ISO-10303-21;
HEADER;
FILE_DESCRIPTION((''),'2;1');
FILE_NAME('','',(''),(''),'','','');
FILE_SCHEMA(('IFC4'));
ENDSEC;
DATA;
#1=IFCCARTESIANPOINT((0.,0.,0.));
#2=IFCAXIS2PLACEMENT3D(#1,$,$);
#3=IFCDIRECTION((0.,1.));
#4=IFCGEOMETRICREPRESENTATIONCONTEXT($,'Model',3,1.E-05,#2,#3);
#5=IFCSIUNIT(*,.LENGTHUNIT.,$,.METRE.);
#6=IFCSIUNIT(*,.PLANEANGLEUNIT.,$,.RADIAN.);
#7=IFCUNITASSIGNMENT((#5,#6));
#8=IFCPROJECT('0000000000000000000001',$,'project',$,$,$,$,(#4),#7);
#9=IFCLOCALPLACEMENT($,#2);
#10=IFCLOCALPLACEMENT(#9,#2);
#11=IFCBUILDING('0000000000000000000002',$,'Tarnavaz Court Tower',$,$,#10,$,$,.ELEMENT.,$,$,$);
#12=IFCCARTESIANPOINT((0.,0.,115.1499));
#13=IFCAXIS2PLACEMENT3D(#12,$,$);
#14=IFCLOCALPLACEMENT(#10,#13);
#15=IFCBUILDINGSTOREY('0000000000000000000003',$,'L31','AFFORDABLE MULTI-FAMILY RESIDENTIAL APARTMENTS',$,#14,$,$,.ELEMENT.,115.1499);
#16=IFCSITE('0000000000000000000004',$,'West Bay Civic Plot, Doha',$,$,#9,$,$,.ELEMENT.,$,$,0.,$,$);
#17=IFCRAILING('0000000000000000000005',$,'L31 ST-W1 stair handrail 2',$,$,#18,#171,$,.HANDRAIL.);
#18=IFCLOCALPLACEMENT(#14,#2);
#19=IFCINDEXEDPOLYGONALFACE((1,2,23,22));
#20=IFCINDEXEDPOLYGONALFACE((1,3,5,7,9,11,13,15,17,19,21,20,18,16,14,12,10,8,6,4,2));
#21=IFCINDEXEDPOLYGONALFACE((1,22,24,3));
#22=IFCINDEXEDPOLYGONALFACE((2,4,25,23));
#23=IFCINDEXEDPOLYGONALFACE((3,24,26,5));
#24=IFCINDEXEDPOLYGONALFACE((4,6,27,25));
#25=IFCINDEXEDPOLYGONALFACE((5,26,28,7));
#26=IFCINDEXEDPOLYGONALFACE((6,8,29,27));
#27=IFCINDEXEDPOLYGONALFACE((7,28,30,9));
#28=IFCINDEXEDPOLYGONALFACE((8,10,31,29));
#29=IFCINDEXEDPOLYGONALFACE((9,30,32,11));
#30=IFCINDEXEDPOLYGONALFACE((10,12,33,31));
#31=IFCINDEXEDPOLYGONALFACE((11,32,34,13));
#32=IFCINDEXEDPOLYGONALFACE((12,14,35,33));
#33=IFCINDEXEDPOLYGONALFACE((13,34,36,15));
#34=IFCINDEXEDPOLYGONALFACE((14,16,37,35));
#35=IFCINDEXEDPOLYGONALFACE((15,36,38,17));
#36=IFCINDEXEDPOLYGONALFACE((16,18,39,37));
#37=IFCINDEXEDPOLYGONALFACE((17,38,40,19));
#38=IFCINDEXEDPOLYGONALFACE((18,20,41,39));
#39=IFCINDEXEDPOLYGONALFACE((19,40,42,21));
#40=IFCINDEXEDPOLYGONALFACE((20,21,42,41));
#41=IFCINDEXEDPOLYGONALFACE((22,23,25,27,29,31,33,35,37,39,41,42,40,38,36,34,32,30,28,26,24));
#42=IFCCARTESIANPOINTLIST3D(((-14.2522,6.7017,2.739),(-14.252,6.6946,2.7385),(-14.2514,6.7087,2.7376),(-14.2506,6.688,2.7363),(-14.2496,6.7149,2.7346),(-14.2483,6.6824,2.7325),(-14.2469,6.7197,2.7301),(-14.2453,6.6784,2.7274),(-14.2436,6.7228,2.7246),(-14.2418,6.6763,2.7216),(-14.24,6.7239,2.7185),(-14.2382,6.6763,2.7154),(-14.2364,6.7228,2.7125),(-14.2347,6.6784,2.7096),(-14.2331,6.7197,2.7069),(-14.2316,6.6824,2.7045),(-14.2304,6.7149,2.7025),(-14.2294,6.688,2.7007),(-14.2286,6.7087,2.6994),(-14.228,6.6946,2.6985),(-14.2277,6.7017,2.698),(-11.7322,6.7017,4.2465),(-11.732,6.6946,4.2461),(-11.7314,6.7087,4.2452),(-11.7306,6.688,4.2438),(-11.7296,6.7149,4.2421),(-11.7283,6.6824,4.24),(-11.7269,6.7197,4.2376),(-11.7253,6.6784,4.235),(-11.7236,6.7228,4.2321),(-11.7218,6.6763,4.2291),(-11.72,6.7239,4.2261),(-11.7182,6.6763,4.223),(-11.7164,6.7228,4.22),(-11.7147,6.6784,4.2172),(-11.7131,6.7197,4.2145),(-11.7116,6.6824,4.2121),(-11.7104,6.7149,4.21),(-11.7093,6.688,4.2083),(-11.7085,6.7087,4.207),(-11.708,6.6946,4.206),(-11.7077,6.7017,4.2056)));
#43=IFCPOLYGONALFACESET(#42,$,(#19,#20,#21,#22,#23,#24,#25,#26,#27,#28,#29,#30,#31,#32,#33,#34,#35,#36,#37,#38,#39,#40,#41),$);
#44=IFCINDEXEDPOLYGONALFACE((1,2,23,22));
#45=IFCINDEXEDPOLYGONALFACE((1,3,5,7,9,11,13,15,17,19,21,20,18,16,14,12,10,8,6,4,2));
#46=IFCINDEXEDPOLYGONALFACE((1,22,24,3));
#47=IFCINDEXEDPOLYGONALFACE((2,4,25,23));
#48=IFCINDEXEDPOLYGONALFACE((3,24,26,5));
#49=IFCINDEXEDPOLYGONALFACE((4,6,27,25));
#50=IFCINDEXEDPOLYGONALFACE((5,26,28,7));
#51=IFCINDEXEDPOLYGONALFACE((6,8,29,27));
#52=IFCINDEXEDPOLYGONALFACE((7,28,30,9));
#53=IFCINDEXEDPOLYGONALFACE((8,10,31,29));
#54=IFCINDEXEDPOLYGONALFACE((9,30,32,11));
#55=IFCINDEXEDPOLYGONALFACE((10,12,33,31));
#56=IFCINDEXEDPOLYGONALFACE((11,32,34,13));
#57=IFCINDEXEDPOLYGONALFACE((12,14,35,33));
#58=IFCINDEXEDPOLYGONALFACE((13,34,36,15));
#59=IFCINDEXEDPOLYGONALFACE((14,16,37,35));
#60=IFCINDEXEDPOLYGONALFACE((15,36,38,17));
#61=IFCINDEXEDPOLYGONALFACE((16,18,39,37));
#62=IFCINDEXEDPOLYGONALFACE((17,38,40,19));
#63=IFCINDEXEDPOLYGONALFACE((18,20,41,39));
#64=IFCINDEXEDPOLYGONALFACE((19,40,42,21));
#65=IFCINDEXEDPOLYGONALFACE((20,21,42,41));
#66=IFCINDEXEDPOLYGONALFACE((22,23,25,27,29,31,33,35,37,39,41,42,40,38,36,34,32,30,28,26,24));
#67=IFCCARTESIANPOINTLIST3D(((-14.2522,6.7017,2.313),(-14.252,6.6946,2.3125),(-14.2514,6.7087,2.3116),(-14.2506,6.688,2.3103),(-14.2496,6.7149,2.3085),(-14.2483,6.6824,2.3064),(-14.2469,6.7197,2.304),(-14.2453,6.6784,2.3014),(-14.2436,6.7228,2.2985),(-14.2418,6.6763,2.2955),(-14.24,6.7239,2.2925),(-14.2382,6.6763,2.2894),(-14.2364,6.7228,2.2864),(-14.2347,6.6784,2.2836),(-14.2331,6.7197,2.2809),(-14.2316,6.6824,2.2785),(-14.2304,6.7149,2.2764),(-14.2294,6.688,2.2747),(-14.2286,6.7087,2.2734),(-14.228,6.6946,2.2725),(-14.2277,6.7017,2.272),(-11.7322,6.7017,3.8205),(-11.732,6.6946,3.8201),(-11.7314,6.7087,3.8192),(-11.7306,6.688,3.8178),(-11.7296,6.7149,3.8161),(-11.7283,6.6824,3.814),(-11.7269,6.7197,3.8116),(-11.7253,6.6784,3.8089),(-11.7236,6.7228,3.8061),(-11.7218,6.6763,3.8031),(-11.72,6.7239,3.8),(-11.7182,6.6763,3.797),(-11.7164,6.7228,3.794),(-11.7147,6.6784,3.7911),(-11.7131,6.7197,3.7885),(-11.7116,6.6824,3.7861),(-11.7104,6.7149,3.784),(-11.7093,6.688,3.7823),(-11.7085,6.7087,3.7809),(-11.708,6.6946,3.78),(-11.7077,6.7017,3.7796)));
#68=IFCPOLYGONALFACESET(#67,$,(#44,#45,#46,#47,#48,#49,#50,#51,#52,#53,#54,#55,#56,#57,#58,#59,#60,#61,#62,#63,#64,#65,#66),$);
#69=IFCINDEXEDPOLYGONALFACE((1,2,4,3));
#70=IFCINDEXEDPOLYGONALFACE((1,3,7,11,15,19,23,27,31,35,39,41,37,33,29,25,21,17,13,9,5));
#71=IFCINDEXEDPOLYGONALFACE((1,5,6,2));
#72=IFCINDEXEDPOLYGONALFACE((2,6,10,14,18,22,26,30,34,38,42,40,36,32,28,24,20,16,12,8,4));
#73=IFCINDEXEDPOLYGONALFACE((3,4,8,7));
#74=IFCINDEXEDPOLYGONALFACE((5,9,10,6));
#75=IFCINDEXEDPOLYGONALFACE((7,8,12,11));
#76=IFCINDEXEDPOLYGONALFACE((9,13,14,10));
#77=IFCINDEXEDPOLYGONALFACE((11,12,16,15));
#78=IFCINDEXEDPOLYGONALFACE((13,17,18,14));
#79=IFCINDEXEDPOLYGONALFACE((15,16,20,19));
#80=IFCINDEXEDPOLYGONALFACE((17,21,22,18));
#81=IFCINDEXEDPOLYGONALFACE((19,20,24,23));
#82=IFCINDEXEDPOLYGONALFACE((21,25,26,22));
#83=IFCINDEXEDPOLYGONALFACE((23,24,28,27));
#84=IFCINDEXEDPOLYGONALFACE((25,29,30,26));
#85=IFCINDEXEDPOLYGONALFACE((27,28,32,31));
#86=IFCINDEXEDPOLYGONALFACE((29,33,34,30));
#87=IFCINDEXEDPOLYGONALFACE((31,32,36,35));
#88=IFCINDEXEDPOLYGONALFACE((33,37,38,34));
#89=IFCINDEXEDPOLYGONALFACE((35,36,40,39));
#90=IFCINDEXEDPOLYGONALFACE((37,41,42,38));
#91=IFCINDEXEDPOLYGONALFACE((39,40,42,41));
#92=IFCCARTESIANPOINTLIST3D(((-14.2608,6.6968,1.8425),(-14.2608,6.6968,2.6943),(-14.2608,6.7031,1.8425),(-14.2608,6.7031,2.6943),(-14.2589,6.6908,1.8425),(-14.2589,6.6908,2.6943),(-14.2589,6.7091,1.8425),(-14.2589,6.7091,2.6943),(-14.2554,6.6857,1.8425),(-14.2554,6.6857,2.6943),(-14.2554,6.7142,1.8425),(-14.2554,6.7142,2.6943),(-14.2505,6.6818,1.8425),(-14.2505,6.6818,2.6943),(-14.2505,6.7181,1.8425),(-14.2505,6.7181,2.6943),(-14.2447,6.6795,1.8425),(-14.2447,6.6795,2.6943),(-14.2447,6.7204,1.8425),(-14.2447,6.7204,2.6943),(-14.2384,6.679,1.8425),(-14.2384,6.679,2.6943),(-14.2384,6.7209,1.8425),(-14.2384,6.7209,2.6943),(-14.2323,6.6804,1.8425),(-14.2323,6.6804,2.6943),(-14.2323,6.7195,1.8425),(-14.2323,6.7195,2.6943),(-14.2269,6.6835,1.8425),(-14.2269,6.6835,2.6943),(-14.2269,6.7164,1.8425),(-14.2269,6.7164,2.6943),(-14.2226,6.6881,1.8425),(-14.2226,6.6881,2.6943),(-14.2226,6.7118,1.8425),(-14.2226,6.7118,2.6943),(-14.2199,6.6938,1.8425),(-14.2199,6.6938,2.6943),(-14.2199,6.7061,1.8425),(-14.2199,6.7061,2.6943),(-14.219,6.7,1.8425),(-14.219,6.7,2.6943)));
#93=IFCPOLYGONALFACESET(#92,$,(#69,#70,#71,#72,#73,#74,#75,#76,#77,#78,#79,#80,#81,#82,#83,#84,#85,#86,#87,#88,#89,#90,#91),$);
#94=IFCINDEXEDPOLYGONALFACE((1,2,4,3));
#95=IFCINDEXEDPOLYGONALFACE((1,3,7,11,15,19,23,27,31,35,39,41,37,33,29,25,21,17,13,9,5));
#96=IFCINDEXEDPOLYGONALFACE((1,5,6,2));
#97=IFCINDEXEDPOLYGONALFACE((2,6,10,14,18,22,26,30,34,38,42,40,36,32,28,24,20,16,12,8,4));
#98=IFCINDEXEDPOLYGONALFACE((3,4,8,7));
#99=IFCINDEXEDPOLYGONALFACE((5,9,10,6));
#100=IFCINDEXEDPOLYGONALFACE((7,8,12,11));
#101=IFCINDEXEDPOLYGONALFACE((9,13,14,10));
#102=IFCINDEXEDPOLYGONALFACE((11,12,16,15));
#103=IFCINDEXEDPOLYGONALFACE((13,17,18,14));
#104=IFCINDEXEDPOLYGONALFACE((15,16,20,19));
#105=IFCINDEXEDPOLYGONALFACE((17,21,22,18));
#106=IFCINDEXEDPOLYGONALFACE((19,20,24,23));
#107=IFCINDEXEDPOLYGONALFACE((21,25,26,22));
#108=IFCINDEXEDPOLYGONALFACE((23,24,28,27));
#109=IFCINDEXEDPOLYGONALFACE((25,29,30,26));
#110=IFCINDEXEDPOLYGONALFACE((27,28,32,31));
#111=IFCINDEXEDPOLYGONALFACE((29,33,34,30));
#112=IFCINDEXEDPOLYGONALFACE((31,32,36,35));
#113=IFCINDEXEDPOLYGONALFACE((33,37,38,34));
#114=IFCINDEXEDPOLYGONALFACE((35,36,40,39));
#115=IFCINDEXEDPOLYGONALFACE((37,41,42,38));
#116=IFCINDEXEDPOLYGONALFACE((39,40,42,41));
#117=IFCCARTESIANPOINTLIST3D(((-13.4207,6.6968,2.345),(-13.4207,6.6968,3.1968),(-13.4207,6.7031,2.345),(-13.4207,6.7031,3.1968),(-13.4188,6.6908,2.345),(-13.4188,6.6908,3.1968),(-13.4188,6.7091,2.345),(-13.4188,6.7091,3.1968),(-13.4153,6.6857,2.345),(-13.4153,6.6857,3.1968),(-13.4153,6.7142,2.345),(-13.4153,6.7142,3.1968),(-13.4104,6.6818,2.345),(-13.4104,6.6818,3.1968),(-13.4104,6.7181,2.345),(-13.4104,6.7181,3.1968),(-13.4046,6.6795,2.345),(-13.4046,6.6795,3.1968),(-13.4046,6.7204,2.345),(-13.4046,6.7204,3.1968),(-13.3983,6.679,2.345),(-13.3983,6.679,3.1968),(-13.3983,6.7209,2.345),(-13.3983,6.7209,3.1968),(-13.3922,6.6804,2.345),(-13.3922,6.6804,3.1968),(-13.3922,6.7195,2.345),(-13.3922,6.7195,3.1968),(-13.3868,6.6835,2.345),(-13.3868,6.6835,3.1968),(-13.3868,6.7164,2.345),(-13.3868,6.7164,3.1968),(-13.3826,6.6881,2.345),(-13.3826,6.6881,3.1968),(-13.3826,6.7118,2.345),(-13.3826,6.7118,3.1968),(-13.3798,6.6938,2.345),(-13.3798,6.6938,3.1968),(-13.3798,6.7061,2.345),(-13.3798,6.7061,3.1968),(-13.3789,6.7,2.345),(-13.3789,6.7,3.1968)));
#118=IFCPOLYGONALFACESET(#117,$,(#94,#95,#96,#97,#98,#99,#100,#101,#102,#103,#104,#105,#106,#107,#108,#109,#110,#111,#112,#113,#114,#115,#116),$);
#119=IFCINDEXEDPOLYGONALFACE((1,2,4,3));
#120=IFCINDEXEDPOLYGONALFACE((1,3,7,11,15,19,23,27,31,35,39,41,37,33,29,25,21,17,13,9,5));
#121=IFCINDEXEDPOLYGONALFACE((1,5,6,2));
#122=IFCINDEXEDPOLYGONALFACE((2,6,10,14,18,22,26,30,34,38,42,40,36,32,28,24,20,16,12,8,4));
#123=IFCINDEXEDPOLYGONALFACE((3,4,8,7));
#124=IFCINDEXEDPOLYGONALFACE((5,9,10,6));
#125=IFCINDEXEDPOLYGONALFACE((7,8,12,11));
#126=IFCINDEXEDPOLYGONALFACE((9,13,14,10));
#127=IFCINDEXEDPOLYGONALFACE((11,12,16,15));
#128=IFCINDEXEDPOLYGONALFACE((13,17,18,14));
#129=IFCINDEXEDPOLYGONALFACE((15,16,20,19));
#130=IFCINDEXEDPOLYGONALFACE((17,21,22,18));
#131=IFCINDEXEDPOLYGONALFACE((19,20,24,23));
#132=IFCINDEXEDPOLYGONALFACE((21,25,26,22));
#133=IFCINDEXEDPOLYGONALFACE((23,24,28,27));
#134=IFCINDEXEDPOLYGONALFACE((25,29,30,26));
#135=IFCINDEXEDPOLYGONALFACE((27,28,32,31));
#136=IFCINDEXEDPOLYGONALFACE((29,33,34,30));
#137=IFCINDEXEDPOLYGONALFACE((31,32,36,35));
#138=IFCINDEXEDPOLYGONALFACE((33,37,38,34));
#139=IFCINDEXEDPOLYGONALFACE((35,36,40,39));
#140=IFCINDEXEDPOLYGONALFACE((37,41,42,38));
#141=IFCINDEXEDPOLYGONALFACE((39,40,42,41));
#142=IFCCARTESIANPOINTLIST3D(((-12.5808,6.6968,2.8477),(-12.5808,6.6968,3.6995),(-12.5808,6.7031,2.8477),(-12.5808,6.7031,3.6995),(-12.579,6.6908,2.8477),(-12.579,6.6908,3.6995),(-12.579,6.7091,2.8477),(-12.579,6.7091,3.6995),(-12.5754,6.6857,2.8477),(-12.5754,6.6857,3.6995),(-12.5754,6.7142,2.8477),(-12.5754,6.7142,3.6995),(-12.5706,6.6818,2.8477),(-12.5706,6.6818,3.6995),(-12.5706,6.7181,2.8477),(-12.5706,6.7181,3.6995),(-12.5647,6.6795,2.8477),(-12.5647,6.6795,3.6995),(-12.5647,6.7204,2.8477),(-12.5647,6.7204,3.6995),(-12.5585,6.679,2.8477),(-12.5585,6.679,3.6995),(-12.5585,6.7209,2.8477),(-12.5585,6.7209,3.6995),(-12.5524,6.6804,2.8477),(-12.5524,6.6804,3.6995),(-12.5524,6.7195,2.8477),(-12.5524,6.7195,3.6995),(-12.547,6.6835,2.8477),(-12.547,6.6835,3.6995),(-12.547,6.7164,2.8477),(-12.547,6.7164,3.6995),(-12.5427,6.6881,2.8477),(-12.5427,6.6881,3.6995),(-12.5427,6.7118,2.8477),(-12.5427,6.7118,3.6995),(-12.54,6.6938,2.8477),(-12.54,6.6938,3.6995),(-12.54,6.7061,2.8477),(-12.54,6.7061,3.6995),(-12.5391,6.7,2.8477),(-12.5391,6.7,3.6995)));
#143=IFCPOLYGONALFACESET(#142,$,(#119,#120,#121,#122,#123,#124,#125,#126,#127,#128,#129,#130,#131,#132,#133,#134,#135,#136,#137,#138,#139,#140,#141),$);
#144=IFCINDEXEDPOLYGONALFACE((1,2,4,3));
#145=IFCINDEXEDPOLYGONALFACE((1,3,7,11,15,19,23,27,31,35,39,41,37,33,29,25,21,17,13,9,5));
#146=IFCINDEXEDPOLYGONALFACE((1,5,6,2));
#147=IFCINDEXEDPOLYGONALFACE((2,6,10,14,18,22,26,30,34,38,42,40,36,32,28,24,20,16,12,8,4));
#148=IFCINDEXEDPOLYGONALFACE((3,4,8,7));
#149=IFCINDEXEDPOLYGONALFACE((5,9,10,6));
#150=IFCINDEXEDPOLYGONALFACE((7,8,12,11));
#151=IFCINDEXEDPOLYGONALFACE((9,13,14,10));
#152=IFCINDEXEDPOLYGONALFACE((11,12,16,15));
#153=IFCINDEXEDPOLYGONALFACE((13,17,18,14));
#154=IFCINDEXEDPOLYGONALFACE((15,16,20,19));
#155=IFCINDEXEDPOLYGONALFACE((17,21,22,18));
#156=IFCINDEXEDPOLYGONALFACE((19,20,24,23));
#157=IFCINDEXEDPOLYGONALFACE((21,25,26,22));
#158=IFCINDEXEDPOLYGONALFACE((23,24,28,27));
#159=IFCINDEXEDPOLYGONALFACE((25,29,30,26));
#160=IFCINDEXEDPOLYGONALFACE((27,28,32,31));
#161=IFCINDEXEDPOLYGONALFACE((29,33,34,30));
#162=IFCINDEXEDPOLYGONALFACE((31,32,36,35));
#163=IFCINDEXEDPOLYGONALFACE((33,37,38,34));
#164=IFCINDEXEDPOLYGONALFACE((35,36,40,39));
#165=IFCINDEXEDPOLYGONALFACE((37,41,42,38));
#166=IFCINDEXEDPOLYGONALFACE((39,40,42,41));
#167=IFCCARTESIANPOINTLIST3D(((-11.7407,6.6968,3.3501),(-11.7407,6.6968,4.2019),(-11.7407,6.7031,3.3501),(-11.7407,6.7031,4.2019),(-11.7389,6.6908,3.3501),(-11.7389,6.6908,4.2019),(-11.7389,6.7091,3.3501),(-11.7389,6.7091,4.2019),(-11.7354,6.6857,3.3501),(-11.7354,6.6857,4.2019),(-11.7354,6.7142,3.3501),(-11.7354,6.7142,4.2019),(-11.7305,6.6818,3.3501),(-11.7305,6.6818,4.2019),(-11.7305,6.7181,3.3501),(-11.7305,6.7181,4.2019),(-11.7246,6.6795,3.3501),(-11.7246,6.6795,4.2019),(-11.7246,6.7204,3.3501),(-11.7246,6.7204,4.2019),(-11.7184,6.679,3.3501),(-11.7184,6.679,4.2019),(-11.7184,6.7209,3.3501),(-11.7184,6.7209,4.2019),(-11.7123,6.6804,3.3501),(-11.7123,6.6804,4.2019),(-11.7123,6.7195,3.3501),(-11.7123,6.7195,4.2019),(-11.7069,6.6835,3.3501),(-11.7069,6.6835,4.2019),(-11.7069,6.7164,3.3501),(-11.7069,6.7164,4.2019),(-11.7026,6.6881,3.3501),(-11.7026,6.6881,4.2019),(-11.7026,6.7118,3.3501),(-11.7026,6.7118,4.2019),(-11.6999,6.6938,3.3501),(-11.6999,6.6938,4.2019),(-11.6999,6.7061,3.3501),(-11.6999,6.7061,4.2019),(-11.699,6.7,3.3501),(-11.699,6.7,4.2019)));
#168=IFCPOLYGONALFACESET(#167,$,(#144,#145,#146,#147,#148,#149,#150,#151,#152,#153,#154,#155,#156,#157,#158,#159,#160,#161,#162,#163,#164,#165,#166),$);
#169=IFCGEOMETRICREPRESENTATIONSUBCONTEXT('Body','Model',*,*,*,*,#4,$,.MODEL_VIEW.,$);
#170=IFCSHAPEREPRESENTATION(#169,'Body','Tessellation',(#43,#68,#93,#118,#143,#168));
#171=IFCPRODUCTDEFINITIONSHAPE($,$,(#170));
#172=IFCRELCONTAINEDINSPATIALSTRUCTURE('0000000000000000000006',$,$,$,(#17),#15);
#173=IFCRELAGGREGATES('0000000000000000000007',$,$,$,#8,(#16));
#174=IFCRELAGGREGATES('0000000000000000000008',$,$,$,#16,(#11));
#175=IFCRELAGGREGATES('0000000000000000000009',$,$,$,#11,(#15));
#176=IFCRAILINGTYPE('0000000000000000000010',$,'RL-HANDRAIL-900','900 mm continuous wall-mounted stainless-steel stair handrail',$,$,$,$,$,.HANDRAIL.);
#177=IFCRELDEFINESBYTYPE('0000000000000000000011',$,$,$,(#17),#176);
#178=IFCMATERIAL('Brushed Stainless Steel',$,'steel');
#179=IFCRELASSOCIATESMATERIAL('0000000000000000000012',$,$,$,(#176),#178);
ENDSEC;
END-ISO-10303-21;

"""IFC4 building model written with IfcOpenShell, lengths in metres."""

from ifc_helpers import new_model, si_unit, direction, frame, origin, origin_2d, place, context, subcontext, project, spatial, circle, extrude, material, type_object, element, save


model = new_model("IFC4")

# Units and contexts
model_context = context("Model", 3, precision=1e-05, world=origin(), true_north=direction((0.0, 1.0)))
body_context = subcontext(model_context, "Body", "Model", "MODEL_VIEW")
ifc_project = project(units=[si_unit("LENGTHUNIT", "METRE"), si_unit("PLANEANGLEUNIT", "RADIAN")], contexts=[model_context])

# Site, building, storey
site_placement = place(None, origin())
site = spatial("IfcSite", under=ifc_project, at=site_placement, Name="West Bay Civic Plot, Doha", CompositionType="ELEMENT", RefElevation=0.0)
building_placement = place(site_placement, origin())
building = spatial("IfcBuilding", under=site, at=building_placement, Name="Tarnavaz Court Tower", CompositionType="ELEMENT")
storey_placement = place(building_placement, frame((0.0, 0.0, 115.1499)))
storey = spatial("IfcBuildingStorey", under=building, at=storey_placement, Name="L31", Description="AFFORDABLE MULTI-FAMILY RESIDENTIAL APARTMENTS", CompositionType="ELEMENT", Elevation=115.1499)

# Railing
ifc_material_1 = material(Name="Brushed Stainless Steel", Category="steel")
railing_type_1 = type_object("IfcRailingType", Name="RL-HANDRAIL-900", Description="900 mm continuous wall-mounted stainless-steel stair handrail", PredefinedType="HANDRAIL", material=ifc_material_1)
railing_1_placement = place(storey_placement, frame((-14.24, 6.7, 1.8425)))
element("IfcRailing", 1, at=railing_1_placement, inside=storey, type_object=railing_type_1, Name="L31 ST-W1 stair handrail 2", PredefinedType="HANDRAIL", context=body_context, shape_type="SweptSolid", body=[
    extrude(circle(Radius=0.0239, at=origin_2d()), frame((0.0, 0.0, 0.876), z_axis=(0.85816, 0.0, 0.513383), x_axis=(0.0, 1.0, 0.0)), (0.0, 0.0, 1.0), 2.9365),
    extrude(circle(Radius=0.0239, at=origin_2d()), frame((0.0, 0.0, 0.45), z_axis=(0.85816, 0.0, 0.513383), x_axis=(0.0, 1.0, 0.0)), (0.0, 0.0, 1.0), 2.9365),
    extrude(circle(Radius=0.021, at=origin_2d()), origin(), (0.0, 0.0, 1.0), 0.8518),
    extrude(circle(Radius=0.021, at=origin_2d()), frame((0.8401, 0.0, 0.5024)), (0.0, 0.0, 1.0), 0.8518),
    extrude(circle(Radius=0.021, at=origin_2d()), frame((1.6799, 0.0, 1.0051)), (0.0, 0.0, 1.0), 0.8518),
    extrude(circle(Radius=0.021, at=origin_2d()), frame((2.52, 0.0, 1.5076)), (0.0, 0.0, 1.0), 0.8518),
])

save(model, "model.ifc")
